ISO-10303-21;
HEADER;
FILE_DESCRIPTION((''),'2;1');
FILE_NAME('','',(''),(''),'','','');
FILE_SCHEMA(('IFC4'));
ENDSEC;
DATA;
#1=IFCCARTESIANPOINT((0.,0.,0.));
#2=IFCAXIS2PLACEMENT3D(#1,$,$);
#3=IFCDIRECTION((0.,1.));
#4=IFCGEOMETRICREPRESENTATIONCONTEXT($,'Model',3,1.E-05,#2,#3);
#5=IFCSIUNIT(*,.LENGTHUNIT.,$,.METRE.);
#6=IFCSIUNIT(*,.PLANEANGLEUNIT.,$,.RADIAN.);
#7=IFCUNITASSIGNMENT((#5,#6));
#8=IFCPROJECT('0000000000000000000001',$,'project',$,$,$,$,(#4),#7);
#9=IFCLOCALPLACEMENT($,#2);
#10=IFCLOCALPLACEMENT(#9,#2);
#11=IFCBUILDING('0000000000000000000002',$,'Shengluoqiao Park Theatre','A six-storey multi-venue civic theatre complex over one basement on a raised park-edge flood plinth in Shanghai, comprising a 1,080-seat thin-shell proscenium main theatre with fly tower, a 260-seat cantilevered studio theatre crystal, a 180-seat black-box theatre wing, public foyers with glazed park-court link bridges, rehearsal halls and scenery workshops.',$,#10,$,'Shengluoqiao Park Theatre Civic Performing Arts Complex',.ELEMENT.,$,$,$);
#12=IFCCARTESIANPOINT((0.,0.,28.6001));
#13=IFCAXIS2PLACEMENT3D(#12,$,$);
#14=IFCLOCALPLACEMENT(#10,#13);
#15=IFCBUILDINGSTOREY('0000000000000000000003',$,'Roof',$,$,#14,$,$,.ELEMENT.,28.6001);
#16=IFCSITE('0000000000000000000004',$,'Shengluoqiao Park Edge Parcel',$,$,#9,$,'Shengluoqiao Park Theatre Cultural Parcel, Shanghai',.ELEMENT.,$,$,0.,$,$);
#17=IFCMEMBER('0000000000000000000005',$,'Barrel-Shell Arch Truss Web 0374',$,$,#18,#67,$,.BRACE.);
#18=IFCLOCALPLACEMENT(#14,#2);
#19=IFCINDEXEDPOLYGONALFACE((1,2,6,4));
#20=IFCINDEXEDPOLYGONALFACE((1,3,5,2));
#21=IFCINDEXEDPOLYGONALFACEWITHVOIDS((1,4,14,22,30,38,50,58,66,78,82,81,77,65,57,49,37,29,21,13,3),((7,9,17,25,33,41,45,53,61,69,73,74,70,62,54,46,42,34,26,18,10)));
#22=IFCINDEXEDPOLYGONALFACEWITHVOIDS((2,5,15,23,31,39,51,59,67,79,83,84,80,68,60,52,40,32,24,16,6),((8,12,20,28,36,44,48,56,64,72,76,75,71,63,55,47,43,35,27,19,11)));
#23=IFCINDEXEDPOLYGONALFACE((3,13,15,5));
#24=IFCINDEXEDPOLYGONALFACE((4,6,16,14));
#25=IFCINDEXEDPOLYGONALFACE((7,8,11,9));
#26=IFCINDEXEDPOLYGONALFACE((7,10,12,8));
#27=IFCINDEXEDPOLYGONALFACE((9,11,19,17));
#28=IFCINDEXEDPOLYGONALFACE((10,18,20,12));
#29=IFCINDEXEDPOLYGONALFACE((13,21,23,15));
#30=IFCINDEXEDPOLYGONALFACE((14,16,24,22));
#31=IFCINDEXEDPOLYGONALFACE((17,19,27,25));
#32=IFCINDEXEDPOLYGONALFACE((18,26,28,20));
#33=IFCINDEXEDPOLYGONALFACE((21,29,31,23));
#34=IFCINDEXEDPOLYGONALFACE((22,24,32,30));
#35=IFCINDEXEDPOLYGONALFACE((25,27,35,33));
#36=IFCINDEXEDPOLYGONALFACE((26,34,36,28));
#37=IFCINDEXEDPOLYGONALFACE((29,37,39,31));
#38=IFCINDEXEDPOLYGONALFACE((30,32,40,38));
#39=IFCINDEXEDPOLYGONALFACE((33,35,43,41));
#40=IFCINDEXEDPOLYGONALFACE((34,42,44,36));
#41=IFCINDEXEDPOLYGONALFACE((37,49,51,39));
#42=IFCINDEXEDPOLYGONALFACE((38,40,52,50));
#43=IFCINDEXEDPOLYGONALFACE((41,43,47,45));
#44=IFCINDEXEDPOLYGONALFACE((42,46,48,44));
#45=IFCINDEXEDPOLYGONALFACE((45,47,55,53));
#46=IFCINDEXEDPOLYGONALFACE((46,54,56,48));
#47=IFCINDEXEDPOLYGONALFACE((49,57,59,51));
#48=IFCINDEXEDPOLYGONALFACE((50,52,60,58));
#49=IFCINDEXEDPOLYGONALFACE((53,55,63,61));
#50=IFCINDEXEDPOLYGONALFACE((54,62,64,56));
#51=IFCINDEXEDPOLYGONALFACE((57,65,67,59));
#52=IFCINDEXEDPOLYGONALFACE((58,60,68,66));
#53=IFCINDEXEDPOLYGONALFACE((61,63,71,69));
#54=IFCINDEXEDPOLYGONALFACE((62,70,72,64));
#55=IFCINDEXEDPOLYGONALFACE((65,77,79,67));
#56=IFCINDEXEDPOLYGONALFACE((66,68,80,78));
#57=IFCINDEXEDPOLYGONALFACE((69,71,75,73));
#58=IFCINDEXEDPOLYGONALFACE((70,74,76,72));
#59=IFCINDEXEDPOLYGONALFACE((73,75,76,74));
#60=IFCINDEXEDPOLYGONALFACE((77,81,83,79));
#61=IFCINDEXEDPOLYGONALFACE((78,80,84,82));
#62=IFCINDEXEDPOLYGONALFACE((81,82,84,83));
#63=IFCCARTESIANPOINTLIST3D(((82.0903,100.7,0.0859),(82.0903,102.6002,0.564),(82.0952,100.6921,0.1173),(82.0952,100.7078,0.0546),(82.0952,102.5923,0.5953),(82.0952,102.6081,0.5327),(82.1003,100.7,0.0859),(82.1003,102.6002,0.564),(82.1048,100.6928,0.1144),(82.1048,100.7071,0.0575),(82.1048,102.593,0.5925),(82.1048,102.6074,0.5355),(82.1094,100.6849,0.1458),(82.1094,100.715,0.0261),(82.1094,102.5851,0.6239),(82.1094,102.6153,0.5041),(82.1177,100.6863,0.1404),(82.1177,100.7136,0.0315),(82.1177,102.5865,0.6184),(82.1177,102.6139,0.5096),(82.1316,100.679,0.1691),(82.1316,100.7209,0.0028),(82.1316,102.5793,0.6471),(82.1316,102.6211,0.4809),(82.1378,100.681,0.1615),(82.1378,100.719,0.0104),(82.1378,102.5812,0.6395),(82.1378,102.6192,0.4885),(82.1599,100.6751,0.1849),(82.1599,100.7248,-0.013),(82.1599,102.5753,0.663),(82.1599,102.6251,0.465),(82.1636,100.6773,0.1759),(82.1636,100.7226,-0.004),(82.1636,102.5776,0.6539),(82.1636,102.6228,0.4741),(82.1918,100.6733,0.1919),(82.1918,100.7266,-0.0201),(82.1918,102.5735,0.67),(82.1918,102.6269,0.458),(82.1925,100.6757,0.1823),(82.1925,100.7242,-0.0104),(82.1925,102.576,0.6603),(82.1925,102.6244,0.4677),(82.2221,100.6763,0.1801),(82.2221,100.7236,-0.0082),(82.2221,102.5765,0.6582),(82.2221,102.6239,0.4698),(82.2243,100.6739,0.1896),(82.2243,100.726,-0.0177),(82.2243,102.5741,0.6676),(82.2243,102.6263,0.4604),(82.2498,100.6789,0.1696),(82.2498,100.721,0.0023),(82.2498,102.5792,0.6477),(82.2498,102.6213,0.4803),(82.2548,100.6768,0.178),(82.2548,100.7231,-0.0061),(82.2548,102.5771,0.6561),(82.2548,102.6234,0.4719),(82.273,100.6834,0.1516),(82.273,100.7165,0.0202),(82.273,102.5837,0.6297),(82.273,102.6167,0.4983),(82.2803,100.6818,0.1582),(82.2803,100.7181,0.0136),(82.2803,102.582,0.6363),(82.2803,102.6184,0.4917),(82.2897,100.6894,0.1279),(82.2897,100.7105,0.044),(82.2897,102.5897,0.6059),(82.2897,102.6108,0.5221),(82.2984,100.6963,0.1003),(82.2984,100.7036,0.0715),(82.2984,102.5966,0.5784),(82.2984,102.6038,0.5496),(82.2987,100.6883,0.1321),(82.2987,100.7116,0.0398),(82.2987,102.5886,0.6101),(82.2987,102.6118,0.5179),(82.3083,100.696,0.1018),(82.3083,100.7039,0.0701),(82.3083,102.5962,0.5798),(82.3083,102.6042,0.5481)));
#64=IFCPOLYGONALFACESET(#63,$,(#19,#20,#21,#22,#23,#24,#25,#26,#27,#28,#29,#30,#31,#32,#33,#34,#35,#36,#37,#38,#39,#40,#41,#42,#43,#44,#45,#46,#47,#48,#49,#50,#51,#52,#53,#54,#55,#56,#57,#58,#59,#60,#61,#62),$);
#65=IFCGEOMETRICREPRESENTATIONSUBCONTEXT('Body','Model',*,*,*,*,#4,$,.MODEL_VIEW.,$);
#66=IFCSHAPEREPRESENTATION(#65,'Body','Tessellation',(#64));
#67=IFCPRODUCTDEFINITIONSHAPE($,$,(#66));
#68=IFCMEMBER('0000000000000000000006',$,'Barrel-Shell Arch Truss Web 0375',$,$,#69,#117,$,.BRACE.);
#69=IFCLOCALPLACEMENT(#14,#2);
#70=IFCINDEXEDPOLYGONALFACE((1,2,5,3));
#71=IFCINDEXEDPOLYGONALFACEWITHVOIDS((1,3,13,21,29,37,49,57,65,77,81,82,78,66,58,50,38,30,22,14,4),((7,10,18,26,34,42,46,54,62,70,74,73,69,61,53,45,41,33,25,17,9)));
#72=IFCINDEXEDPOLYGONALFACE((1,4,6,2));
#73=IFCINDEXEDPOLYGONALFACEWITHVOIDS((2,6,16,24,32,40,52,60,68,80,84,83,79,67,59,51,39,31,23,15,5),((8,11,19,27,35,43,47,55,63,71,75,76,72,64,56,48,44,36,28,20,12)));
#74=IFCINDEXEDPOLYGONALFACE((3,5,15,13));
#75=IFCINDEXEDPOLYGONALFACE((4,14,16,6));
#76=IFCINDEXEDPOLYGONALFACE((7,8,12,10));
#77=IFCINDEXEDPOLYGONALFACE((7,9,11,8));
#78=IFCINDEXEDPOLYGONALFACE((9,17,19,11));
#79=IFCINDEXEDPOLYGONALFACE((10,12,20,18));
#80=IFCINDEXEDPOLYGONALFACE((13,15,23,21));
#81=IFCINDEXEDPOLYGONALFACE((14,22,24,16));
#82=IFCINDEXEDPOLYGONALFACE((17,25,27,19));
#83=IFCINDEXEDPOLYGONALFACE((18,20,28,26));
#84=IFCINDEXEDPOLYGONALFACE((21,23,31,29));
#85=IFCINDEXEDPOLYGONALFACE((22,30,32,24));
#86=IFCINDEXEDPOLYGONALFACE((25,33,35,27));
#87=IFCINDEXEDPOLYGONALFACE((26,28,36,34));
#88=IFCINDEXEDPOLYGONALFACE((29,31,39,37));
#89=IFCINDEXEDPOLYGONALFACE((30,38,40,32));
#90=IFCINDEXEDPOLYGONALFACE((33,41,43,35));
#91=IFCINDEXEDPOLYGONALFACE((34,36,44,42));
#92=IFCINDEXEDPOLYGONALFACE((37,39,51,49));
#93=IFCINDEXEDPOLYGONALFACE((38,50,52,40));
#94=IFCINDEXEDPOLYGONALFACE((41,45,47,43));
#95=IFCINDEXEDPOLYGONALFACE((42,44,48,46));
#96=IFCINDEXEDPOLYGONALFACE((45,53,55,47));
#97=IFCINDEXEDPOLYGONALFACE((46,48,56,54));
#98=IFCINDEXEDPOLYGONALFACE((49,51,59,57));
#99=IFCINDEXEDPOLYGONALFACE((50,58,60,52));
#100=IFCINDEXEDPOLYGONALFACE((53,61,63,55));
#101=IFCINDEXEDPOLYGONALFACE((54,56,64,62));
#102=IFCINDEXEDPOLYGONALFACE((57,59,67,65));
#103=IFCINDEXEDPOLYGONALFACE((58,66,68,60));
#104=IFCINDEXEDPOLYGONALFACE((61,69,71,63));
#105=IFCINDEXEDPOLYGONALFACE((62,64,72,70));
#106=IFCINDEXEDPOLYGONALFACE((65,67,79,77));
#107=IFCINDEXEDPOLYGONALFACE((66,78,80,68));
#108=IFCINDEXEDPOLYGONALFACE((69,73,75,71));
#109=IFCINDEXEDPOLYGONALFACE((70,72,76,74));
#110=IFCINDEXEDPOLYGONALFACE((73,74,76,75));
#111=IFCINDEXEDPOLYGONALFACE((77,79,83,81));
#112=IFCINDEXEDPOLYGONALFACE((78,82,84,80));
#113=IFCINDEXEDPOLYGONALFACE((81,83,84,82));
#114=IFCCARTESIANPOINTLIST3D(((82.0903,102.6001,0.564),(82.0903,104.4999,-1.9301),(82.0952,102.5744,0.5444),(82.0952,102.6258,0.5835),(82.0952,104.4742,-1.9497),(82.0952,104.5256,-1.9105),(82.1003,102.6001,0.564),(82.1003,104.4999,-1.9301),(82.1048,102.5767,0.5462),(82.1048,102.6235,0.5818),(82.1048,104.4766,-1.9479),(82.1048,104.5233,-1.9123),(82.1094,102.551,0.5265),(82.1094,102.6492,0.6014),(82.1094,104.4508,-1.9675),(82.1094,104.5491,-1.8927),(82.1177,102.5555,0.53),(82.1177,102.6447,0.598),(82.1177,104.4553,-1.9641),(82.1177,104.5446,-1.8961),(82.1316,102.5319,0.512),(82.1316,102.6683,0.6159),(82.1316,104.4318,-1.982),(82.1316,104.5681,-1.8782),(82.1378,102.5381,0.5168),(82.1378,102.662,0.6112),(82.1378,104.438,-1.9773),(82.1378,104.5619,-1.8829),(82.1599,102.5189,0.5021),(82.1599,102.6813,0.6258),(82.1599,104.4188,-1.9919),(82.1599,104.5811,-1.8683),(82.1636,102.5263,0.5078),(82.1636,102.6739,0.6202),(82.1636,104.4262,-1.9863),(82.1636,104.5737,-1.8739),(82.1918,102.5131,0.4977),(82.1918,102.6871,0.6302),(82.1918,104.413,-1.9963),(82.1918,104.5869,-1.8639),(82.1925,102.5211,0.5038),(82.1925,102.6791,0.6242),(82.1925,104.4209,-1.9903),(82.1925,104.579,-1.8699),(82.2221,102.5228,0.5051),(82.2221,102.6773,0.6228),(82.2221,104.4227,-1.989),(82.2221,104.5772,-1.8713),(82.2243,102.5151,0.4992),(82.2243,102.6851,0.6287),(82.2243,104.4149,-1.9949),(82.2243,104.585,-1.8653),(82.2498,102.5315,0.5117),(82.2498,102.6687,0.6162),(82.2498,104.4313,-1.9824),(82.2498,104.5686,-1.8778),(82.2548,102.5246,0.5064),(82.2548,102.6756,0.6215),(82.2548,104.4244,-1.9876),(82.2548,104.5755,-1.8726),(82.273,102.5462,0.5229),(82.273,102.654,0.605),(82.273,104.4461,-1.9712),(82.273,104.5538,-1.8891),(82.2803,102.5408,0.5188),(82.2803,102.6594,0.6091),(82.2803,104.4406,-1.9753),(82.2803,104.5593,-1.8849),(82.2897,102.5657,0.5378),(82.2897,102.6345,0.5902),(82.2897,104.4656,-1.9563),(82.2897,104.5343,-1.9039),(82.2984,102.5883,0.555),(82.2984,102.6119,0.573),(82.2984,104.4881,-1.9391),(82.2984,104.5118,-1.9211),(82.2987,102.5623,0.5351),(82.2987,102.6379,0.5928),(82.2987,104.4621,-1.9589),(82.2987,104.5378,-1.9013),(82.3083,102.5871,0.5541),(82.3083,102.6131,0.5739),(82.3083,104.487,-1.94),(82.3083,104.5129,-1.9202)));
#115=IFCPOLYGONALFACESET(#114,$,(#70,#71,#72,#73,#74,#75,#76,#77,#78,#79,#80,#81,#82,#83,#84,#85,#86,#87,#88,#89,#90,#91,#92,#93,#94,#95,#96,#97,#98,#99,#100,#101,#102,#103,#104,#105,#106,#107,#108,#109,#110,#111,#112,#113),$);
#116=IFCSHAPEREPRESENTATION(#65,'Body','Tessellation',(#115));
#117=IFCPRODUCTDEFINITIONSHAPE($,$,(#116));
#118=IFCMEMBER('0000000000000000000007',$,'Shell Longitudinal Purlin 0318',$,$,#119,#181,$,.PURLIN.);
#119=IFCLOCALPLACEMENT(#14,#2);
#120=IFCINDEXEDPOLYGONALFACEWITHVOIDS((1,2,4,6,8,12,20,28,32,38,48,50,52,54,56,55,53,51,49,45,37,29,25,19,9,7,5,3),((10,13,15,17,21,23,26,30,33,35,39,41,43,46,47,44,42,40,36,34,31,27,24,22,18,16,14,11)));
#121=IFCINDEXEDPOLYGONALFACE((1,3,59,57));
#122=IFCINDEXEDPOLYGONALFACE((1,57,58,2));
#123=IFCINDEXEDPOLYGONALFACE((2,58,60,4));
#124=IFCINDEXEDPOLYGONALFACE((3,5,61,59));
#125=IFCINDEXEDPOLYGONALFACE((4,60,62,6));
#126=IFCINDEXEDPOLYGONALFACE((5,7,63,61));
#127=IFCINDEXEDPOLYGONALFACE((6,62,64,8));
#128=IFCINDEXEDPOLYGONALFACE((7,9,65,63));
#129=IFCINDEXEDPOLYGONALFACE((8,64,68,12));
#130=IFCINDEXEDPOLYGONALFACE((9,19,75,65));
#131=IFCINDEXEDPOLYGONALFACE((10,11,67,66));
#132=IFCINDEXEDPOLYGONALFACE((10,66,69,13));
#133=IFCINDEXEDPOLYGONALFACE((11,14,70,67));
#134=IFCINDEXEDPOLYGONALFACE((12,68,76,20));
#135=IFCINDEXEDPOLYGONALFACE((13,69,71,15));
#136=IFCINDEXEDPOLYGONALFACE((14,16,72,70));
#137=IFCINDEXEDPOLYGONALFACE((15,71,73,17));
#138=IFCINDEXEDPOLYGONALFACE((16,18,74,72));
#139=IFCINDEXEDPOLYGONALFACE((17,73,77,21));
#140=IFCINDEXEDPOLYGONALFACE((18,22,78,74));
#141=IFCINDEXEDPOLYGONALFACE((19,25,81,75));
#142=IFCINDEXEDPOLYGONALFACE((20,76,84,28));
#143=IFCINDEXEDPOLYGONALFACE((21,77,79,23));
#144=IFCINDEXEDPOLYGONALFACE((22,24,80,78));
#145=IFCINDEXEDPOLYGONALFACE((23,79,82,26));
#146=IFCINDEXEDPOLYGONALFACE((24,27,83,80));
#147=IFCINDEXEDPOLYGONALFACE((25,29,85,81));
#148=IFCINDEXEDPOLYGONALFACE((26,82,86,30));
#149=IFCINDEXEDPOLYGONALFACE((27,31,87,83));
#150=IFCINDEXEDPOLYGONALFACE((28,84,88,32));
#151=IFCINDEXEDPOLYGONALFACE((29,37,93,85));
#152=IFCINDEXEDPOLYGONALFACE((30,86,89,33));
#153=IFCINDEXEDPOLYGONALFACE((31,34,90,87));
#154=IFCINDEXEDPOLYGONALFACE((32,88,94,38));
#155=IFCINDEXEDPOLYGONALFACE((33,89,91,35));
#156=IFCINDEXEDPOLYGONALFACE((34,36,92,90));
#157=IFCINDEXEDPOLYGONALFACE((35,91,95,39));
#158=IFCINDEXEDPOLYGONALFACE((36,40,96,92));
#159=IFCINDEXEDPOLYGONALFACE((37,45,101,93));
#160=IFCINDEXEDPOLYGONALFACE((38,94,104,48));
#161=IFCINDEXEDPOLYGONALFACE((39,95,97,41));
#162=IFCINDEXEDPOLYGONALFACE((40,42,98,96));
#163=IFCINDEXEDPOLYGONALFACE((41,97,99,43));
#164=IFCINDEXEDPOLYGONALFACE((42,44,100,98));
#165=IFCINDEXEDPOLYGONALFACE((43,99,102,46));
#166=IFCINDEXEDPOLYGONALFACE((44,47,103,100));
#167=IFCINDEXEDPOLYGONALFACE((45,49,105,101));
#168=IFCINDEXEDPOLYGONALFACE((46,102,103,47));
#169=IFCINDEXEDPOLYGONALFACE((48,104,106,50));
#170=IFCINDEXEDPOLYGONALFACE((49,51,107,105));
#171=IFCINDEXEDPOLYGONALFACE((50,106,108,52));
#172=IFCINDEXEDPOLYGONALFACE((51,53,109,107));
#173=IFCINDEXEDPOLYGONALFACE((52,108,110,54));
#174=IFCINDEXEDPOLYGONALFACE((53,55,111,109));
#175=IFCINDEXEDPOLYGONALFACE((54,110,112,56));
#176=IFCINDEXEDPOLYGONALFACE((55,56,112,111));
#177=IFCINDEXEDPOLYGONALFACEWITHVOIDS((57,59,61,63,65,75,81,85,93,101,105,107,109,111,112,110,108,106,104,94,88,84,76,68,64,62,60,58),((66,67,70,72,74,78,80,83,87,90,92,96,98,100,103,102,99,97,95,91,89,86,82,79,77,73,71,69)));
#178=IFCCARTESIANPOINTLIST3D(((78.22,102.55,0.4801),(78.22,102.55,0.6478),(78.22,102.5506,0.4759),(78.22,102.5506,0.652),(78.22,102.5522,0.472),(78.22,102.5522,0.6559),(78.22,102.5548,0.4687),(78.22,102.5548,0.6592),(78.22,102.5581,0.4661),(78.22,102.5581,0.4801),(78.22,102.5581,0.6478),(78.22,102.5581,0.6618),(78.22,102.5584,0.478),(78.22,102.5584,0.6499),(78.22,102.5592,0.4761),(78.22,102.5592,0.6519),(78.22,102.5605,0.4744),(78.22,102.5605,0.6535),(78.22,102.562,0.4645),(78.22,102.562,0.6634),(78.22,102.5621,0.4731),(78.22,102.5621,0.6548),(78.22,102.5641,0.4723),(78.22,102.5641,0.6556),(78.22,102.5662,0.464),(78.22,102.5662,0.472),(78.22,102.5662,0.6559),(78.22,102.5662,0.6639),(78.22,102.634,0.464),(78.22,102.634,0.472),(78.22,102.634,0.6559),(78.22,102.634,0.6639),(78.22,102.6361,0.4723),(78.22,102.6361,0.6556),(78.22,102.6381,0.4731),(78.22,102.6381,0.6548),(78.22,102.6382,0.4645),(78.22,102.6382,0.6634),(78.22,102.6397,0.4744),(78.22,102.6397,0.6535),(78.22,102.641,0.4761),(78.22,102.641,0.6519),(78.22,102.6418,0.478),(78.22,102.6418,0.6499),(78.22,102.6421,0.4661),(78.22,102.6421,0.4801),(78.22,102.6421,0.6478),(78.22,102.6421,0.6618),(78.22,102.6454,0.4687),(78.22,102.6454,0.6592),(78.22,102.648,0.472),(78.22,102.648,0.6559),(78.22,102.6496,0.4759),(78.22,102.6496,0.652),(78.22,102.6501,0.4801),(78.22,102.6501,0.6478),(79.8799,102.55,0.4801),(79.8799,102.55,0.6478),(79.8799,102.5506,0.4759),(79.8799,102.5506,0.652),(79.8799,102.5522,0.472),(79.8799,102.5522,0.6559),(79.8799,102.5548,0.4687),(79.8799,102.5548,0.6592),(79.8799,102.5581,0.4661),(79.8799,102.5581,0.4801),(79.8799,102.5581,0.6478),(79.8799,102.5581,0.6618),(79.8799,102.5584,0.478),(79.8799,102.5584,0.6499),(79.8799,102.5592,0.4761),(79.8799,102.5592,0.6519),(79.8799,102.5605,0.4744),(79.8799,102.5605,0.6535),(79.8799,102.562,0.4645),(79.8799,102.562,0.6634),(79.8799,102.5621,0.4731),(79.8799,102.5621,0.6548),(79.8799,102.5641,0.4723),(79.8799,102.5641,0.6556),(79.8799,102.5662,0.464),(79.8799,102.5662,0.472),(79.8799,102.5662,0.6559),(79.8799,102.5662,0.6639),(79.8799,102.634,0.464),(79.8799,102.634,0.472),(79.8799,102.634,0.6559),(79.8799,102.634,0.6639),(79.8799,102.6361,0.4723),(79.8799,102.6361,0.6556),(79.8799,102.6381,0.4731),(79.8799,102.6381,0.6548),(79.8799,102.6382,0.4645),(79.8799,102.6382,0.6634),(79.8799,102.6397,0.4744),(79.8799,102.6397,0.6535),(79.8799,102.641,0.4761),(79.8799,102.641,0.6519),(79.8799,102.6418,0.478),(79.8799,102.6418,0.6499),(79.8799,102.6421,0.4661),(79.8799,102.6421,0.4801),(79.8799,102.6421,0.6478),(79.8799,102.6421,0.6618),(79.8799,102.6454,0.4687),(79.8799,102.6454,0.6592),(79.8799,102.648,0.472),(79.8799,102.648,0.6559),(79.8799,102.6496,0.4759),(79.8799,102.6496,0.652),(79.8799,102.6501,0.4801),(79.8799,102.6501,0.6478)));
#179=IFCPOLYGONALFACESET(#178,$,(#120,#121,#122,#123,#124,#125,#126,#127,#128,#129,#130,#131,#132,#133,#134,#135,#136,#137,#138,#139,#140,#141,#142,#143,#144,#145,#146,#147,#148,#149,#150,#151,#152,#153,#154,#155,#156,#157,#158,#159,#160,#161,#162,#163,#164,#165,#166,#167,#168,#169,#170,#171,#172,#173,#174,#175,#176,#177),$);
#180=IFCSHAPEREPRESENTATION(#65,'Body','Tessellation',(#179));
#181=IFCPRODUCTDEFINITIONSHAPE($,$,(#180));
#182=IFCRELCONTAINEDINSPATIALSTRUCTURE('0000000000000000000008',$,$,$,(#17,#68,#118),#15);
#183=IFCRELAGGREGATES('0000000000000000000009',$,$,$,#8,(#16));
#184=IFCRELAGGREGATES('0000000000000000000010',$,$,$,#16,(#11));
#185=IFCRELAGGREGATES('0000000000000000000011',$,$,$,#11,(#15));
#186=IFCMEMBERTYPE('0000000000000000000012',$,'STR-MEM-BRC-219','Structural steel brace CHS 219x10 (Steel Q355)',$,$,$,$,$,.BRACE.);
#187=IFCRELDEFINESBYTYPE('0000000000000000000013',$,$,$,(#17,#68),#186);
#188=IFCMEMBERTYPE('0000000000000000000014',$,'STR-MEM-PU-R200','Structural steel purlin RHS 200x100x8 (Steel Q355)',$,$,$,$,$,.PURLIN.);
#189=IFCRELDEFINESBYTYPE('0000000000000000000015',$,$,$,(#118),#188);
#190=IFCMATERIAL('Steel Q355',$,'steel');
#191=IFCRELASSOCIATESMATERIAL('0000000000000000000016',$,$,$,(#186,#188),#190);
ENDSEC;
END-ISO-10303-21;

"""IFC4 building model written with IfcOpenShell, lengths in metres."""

from ifc_helpers import new_model, si_unit, direction, frame, origin, origin_2d, place, context, subcontext, project, spatial, hollow_rectangle, hollow_circle, extrude, material, material_profile, profile_set, type_object, element, save


model = new_model("IFC4")

# Units and contexts
model_context = context("Model", 3, precision=1e-05, world=origin(), true_north=direction((0.0, 1.0)))
body_context = subcontext(model_context, "Body", "Model", "MODEL_VIEW")
ifc_project = project(units=[si_unit("LENGTHUNIT", "METRE"), si_unit("PLANEANGLEUNIT", "RADIAN")], contexts=[model_context])

# Site, building, storey
site_placement = place(None, origin())
site = spatial("IfcSite", under=ifc_project, at=site_placement, Name="Shengluoqiao Park Edge Parcel", LongName="Shengluoqiao Park Theatre Cultural Parcel, Shanghai", CompositionType="ELEMENT", RefElevation=0.0)
building_placement = place(site_placement, origin())
building = spatial("IfcBuilding", under=site, at=building_placement, Name="Shengluoqiao Park Theatre", Description="A six-storey multi-venue civic theatre complex over one basement on a raised park-edge flood plinth in Shanghai, comprising a 1,080-seat thin-shell proscenium main theatre with fly tower, a 260-seat cantilevered studio theatre crystal, a 180-seat black-box theatre wing, public foyers with glazed park-court link bridges, rehearsal halls and scenery workshops.", LongName="Shengluoqiao Park Theatre Civic Performing Arts Complex", CompositionType="ELEMENT")
storey_placement = place(building_placement, frame((0.0, 0.0, 28.6001)))
storey = spatial("IfcBuildingStorey", under=building, at=storey_placement, Name="Roof", CompositionType="ELEMENT", Elevation=28.6001)

# Shared definitions
ifc_material_1 = material(Name="Steel Q355", Category="steel")

# Members
ifc_material_profile_1 = material_profile(ifc_material_1, hollow_circle(Radius=0.1096, WallThickness=0.01, at=origin_2d()), Name="CHS 219x10")
ifc_profile_set_1 = profile_set([ifc_material_profile_1], Name="Steel Q355")
member_type_1 = type_object("IfcMemberType", Name="STR-MEM-BRC-219", Description="Structural steel brace CHS 219x10 (Steel Q355)", PredefinedType="BRACE", material=ifc_profile_set_1)
member_1_placement = place(storey_placement, frame((82.2, 100.7, 0.0859), z_axis=(0.0, 0.969782, 0.243972), x_axis=(-1.0, 0.0, 0.0)))
element("IfcMember", 1, at=member_1_placement, inside=storey, type_object=member_type_1, Name="Barrel-Shell Arch Truss Web 0374", PredefinedType="BRACE", context=body_context, shape_type="SweptSolid", body=[
    extrude(hollow_circle(Radius=0.1096, WallThickness=0.01, at=origin_2d()), origin(), (0.0, 0.0, 1.0), 1.9595),
])
member_2_placement = place(storey_placement, frame((82.2, 102.6001, 0.564), z_axis=(0.0, 0.605963, -0.795492), x_axis=(-1.0, 0.0, 0.0)))
element("IfcMember", 2, at=member_2_placement, inside=storey, type_object=member_type_1, Name="Barrel-Shell Arch Truss Web 0375", PredefinedType="BRACE", context=body_context, shape_type="SweptSolid", body=[
    extrude(hollow_circle(Radius=0.1096, WallThickness=0.01, at=origin_2d()), origin(), (0.0, 0.0, 1.0), 3.1353),
])
ifc_material_profile_2 = material_profile(ifc_material_1, hollow_rectangle(XDim=0.1001, YDim=0.2, WallThickness=0.0081, InnerFilletRadius=0.0081, OuterFilletRadius=0.0161, at=origin_2d()), Name="RHS 200x100x8")
ifc_profile_set_2 = profile_set([ifc_material_profile_2], Name="Steel Q355")
member_type_2 = type_object("IfcMemberType", Name="STR-MEM-PU-R200", Description="Structural steel purlin RHS 200x100x8 (Steel Q355)", PredefinedType="PURLIN", material=ifc_profile_set_2)
for number, where, z_axis, x_axis, name in (
    (3, (78.22, 102.6001, 0.564), (1.0, 0.0, 0.0), (0.0, 1.0, 0.0), "Shell Longitudinal Purlin 0318"),
):
    element("IfcMember", number, at=place(storey_placement, frame(where, z_axis=z_axis, x_axis=x_axis)), inside=storey, type_object=member_type_2, Name=name, PredefinedType="PURLIN", context=body_context, shape_type="SweptSolid", body=[
        extrude(hollow_rectangle(XDim=0.1001, YDim=0.2, WallThickness=0.0081, InnerFilletRadius=0.0081, OuterFilletRadius=0.0161, at=origin_2d()), origin(), (0.0, 0.0, 1.0), 1.6599),
    ])

save(model, "model.ifc")
